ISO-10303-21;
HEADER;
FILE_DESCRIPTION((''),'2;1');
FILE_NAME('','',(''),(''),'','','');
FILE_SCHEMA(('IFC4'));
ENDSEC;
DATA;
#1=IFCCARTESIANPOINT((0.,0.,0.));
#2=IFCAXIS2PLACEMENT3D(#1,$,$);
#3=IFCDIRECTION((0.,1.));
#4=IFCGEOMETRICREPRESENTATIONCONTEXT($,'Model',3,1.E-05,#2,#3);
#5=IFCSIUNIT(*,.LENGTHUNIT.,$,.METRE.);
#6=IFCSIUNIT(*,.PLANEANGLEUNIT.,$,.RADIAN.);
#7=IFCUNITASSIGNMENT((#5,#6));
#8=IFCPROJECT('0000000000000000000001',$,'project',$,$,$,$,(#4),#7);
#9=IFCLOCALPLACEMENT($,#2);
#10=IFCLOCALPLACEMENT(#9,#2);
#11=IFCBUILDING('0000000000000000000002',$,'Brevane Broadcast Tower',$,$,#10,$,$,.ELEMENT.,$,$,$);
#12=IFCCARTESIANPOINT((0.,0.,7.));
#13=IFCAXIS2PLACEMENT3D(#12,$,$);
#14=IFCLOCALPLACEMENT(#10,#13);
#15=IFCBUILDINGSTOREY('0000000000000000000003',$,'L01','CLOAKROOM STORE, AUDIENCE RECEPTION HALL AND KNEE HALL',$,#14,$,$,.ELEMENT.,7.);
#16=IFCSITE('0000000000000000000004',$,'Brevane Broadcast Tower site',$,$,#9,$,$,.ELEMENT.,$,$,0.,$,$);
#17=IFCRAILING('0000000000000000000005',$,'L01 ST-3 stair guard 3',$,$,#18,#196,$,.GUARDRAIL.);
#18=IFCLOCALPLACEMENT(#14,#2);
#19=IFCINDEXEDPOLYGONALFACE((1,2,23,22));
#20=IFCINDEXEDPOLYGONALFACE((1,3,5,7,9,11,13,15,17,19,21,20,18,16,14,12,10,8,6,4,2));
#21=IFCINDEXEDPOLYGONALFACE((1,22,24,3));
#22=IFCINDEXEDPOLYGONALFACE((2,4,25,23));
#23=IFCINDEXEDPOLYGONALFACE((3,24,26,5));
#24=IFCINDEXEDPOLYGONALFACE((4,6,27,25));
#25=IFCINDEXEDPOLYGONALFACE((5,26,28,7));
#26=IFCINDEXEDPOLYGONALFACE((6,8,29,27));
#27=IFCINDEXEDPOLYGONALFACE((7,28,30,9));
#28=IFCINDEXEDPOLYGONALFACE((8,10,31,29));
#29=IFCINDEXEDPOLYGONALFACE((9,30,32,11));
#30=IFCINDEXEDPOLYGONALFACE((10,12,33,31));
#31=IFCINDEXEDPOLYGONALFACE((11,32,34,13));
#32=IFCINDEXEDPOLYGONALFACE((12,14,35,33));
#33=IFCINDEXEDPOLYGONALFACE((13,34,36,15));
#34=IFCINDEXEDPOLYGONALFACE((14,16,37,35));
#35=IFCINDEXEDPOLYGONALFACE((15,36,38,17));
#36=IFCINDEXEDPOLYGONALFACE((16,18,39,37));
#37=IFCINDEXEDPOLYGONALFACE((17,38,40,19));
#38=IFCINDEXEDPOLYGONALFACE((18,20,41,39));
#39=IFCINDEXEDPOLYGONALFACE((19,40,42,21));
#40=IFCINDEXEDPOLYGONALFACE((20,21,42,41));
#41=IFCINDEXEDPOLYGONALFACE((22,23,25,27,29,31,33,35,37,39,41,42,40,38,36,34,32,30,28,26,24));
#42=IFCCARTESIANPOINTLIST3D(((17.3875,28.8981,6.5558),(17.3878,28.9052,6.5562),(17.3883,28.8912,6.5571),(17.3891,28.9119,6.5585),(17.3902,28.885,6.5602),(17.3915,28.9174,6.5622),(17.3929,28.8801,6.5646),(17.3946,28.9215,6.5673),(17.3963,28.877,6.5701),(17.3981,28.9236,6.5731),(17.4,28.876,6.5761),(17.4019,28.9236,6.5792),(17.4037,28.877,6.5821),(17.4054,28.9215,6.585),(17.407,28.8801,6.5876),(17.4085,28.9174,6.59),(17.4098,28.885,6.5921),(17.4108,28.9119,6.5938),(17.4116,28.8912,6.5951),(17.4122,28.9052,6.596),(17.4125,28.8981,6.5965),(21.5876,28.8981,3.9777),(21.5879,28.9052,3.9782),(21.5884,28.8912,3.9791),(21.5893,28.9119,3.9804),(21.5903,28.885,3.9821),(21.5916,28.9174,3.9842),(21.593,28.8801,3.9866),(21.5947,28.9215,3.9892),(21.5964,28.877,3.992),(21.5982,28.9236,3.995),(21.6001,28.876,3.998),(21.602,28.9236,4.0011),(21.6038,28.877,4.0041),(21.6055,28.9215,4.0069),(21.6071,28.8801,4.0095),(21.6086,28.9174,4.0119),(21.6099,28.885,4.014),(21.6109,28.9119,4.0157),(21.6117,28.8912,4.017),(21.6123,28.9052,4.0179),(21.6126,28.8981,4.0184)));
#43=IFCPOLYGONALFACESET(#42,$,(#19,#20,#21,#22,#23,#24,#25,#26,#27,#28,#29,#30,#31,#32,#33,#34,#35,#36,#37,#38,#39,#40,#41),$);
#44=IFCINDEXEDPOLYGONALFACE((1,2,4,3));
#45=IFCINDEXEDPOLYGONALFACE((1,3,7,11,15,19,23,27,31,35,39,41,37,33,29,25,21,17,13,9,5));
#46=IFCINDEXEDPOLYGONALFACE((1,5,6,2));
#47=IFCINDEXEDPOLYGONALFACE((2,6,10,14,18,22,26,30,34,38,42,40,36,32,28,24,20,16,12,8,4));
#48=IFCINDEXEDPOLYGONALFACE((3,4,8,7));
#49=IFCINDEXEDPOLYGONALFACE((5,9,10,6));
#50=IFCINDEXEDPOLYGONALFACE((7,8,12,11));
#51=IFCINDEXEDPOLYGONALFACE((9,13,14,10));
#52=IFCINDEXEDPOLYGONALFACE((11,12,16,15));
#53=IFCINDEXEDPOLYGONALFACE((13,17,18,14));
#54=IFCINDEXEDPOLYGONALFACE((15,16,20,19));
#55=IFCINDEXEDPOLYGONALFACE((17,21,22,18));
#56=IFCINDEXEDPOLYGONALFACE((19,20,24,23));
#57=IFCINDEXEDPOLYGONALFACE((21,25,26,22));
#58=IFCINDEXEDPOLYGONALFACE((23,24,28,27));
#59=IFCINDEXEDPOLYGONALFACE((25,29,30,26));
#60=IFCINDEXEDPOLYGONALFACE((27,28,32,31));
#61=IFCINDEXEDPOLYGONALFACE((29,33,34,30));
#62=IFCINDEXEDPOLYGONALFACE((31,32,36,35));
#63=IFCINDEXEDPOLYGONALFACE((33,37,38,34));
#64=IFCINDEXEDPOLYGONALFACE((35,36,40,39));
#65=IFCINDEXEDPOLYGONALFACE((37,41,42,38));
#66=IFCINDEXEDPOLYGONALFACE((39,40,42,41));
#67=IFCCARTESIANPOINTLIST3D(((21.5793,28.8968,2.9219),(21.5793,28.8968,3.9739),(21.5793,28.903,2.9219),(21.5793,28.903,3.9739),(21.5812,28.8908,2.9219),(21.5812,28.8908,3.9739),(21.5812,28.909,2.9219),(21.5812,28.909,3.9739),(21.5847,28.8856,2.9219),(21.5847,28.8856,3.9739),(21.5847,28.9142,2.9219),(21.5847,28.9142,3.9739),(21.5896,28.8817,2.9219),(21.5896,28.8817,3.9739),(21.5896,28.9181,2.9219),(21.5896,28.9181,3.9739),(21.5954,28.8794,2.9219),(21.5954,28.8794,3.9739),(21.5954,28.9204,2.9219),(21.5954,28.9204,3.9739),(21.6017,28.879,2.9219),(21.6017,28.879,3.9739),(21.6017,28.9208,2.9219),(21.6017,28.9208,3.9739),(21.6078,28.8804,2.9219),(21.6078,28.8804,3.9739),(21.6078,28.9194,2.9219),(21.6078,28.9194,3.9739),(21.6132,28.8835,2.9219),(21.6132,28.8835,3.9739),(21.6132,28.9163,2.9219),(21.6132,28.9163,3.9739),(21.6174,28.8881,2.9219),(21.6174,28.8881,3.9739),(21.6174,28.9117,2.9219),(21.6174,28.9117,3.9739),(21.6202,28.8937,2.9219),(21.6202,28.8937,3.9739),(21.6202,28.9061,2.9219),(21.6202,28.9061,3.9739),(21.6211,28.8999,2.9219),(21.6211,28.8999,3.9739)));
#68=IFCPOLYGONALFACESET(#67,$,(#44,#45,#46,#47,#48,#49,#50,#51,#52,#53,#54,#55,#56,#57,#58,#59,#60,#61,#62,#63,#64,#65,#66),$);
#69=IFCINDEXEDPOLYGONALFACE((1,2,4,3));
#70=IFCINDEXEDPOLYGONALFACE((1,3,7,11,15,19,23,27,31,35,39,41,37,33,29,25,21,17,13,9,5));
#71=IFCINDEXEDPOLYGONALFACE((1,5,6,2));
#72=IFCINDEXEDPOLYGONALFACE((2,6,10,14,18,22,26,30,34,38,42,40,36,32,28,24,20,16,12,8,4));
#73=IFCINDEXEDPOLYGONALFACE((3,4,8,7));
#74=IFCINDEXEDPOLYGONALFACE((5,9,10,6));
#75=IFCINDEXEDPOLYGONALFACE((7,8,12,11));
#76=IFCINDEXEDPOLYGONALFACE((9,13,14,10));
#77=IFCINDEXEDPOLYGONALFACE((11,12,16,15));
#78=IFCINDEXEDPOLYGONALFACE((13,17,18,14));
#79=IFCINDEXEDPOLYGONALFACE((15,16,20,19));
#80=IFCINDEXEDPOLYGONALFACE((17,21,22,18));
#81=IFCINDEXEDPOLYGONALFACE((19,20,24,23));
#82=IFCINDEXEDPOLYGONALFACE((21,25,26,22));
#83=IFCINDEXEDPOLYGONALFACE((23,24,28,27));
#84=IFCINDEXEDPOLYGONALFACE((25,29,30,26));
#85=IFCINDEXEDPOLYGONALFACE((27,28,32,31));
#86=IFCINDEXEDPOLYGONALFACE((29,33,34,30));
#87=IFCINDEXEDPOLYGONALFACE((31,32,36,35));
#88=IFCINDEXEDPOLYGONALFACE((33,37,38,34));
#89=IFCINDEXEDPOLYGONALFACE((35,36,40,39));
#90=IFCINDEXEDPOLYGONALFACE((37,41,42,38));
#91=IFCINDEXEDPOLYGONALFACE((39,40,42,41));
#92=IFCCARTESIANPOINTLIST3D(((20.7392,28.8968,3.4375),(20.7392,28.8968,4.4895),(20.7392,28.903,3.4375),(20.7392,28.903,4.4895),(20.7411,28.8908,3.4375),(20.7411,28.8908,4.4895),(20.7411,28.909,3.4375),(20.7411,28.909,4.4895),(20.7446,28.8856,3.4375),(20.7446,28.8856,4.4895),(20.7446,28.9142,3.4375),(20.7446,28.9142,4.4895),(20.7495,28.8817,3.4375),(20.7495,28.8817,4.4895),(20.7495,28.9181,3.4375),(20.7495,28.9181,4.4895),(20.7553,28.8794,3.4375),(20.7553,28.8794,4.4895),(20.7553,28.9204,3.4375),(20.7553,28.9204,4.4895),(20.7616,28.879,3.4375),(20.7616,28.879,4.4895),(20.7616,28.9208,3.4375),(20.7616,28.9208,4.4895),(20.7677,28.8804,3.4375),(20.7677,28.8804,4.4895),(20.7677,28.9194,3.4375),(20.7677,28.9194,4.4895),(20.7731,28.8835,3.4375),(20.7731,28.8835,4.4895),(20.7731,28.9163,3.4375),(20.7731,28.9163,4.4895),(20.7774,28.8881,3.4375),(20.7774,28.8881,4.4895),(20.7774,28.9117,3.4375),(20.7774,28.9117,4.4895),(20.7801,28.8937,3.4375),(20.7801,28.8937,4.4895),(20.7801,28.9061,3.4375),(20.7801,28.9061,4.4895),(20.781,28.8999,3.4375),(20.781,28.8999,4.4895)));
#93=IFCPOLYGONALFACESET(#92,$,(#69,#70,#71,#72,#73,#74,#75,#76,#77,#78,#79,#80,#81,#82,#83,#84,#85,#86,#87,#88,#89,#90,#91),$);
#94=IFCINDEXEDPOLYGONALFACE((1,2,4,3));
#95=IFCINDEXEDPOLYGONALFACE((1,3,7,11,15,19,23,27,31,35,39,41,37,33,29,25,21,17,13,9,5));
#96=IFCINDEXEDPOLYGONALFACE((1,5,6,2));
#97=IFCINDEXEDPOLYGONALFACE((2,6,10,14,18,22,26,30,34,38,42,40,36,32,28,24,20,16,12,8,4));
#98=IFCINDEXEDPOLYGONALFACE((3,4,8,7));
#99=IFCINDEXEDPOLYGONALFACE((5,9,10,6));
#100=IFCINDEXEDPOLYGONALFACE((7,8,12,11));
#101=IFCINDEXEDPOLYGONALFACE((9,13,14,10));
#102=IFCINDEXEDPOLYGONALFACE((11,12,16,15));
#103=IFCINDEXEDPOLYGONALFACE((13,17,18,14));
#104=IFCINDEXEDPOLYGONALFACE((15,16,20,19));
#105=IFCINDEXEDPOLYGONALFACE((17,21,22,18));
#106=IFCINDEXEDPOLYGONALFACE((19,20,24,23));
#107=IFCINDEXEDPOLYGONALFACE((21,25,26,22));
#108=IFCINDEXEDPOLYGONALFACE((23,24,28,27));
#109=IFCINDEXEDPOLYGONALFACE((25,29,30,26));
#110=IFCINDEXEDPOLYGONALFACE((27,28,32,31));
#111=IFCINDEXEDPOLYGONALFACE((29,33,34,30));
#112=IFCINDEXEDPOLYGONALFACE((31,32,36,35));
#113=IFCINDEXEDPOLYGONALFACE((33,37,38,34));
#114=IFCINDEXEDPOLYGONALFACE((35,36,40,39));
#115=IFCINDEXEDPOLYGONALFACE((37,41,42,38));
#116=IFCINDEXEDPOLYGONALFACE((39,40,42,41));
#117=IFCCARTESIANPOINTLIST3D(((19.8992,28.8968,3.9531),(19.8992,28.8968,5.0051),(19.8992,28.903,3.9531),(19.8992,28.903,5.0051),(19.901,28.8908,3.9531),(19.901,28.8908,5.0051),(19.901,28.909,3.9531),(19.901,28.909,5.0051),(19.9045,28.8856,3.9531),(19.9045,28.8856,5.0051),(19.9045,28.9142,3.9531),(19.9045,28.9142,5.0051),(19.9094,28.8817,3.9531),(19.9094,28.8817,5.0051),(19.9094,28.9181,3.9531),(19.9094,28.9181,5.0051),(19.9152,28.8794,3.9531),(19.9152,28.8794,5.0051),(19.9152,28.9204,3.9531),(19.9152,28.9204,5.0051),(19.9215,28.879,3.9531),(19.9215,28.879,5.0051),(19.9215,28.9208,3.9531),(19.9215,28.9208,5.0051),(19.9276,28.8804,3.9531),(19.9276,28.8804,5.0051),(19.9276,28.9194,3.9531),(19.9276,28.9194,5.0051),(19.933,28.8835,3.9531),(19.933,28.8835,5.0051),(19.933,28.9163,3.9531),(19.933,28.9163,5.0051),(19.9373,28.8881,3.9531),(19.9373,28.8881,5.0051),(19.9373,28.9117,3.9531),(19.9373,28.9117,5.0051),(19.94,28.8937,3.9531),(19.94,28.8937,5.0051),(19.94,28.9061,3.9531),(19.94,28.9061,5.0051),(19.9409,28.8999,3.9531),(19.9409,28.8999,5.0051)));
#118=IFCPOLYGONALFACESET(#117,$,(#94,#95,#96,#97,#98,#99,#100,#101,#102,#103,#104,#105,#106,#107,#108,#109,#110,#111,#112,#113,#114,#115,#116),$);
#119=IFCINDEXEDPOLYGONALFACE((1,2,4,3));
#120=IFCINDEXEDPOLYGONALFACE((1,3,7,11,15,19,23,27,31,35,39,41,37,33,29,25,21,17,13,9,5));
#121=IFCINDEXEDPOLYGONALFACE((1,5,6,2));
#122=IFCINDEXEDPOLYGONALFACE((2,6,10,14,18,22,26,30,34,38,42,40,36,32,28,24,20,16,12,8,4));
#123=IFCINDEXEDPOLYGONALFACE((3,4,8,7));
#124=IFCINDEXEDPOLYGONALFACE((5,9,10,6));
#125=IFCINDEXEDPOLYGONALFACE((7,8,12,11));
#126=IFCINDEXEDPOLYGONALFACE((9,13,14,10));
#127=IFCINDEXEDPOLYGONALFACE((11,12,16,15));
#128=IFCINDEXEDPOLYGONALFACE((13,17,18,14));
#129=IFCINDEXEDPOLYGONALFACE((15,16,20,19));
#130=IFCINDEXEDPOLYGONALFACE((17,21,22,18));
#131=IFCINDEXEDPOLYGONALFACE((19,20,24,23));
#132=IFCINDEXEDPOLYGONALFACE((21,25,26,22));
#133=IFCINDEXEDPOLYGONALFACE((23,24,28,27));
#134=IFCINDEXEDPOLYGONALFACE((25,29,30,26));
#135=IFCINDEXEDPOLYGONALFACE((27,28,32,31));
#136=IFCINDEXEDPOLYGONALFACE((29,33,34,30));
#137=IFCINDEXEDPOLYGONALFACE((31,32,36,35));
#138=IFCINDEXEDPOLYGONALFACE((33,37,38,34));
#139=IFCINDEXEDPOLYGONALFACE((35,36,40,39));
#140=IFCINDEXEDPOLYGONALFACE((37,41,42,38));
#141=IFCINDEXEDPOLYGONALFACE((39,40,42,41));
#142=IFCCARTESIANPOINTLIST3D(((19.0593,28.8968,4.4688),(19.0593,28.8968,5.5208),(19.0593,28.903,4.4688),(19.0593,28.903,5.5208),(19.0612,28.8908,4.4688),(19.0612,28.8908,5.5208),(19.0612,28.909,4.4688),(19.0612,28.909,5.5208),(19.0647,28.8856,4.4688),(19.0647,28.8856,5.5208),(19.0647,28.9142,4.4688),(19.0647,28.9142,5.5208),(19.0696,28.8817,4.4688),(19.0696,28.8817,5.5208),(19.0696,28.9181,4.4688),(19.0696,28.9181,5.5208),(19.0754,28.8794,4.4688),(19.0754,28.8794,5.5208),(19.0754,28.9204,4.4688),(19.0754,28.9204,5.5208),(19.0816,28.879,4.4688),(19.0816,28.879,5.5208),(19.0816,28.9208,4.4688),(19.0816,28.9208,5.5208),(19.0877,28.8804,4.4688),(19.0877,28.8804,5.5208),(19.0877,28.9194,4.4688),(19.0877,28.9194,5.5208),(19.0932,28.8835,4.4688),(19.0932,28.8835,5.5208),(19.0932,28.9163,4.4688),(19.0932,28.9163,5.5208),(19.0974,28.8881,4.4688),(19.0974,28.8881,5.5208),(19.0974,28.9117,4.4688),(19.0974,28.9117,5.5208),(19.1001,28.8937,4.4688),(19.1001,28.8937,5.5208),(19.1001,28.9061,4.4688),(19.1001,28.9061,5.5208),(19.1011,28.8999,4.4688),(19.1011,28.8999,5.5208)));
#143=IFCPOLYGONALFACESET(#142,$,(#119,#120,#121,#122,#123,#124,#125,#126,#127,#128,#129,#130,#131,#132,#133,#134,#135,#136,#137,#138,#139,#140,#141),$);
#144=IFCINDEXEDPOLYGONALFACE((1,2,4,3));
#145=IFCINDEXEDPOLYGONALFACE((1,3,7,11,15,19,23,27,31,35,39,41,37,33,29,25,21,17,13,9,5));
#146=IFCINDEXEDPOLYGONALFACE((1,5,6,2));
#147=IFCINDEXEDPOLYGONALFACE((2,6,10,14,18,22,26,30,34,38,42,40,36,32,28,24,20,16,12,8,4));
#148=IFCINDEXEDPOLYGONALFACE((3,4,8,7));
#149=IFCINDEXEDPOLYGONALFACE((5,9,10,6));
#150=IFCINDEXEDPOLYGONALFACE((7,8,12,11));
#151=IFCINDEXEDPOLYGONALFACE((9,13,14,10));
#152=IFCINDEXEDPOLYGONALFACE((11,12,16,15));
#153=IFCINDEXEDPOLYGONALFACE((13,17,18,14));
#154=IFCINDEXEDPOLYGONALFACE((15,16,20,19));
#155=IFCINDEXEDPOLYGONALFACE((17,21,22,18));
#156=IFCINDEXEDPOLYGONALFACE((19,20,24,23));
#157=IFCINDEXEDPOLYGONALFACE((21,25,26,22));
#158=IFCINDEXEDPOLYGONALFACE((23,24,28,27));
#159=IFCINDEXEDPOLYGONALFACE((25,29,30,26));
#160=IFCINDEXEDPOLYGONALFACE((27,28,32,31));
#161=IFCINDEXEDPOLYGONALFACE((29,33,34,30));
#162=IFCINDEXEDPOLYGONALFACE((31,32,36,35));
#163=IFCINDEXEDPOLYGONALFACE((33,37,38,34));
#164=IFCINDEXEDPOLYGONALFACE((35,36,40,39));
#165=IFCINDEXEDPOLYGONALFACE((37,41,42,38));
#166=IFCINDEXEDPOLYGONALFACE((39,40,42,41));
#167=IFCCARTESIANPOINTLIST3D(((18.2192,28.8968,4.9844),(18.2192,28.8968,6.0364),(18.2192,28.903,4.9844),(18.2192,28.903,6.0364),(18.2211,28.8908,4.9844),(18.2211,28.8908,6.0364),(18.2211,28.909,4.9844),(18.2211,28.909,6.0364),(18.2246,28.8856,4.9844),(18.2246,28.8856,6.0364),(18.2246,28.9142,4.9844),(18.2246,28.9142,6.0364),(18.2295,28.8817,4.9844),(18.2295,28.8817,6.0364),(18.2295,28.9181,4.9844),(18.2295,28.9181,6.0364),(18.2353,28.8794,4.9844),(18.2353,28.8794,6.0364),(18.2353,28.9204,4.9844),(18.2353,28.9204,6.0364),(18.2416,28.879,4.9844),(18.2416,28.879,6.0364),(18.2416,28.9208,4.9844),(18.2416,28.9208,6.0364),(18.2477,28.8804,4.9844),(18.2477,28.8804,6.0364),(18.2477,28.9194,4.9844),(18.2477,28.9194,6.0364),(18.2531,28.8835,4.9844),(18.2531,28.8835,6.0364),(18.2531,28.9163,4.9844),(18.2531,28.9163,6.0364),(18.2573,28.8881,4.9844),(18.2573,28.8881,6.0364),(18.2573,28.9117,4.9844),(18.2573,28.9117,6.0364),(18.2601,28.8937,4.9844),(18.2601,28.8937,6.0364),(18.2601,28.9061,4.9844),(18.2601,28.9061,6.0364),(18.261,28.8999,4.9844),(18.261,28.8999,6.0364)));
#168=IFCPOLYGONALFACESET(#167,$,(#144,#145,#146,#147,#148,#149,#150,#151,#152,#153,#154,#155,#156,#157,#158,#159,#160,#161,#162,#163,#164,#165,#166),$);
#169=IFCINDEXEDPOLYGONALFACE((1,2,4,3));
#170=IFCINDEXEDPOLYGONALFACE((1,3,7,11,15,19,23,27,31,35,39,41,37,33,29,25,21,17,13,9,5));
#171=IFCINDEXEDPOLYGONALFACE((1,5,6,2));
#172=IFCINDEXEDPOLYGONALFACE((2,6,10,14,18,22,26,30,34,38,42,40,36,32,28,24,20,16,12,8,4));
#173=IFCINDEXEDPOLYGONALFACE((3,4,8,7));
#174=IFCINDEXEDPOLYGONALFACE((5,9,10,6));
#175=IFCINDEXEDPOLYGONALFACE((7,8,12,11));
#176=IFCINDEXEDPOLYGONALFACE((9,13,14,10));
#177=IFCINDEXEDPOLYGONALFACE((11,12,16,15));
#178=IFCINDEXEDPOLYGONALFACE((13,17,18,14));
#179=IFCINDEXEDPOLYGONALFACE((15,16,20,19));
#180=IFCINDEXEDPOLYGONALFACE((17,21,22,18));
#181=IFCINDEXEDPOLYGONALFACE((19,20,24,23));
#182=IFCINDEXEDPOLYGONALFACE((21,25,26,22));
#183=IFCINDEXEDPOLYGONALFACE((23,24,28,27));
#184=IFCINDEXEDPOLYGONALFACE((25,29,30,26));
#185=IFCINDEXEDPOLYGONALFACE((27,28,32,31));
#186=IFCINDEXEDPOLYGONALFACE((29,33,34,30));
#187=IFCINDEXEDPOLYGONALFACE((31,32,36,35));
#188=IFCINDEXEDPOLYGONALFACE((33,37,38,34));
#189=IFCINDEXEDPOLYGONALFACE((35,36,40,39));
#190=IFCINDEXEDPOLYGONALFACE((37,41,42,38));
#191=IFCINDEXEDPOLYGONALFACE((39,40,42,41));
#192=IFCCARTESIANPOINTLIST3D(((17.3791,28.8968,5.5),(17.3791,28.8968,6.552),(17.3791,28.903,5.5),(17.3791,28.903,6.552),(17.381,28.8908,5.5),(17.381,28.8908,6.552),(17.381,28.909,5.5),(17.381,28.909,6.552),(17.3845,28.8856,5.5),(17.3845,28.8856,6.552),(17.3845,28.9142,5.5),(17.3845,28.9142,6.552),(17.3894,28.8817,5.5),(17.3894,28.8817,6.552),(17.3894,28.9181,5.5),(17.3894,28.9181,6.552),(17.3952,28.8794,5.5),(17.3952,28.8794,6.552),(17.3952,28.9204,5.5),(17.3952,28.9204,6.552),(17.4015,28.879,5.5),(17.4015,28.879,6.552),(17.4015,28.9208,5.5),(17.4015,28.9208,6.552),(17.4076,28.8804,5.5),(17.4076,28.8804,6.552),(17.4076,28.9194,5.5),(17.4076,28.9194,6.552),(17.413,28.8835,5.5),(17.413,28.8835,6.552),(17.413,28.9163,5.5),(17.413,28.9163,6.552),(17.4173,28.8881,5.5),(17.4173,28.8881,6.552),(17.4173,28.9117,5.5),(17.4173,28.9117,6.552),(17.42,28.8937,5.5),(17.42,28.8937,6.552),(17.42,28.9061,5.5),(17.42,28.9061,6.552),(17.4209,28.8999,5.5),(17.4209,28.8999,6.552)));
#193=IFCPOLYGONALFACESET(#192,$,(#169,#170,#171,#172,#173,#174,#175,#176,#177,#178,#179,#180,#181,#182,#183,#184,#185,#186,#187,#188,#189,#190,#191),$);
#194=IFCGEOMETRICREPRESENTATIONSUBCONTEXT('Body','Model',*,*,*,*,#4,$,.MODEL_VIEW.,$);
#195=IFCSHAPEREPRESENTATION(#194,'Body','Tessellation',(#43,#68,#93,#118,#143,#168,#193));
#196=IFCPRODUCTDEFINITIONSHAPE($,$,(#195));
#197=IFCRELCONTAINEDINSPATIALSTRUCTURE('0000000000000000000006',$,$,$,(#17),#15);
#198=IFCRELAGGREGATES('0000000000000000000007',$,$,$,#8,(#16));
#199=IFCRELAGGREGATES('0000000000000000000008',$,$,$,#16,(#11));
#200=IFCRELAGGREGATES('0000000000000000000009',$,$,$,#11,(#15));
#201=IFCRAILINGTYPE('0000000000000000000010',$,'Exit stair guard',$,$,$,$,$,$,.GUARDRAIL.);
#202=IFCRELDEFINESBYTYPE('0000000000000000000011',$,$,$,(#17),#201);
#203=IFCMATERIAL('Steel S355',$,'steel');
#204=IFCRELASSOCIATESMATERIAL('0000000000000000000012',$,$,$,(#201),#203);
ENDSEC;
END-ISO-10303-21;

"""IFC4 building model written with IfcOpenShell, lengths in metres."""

from ifc_helpers import new_model, si_unit, direction, frame, origin, origin_2d, place, context, subcontext, project, spatial, circle, extrude, material, type_object, element, save


model = new_model("IFC4")

# Units and contexts
model_context = context("Model", 3, precision=1e-05, world=origin(), true_north=direction((0.0, 1.0)))
body_context = subcontext(model_context, "Body", "Model", "MODEL_VIEW")
ifc_project = project(units=[si_unit("LENGTHUNIT", "METRE"), si_unit("PLANEANGLEUNIT", "RADIAN")], contexts=[model_context])

# Site, building, storey
site_placement = place(None, origin())
site = spatial("IfcSite", under=ifc_project, at=site_placement, Name="Brevane Broadcast Tower site", CompositionType="ELEMENT", RefElevation=0.0)
building_placement = place(site_placement, origin())
building = spatial("IfcBuilding", under=site, at=building_placement, Name="Brevane Broadcast Tower", CompositionType="ELEMENT")
storey_placement = place(building_placement, frame((0.0, 0.0, 7.0)))
storey = spatial("IfcBuildingStorey", under=building, at=storey_placement, Name="L01", Description="CLOAKROOM STORE, AUDIENCE RECEPTION HALL AND KNEE HALL", CompositionType="ELEMENT", Elevation=7.0)

# Railing
ifc_material_1 = material(Name="Steel S355", Category="steel")
railing_type_1 = type_object("IfcRailingType", Name="Exit stair guard", PredefinedType="GUARDRAIL", material=ifc_material_1)
railing_1_placement = place(storey_placement, frame((21.6001, 28.8999, 2.9219)))
element("IfcRailing", 1, at=railing_1_placement, inside=storey, type_object=railing_type_1, Name="L01 ST-3 stair guard 3", PredefinedType="GUARDRAIL", context=body_context, shape_type="SweptSolid", body=[
    extrude(circle(Radius=0.0239, at=origin_2d()), frame((0.0, 0.0, 1.0762), z_axis=(-0.852256, 0.0, 0.523124), x_axis=(0.0, -1.0, 0.0)), (0.0, 0.0, 1.0), 4.9282),
    extrude(circle(Radius=0.021, at=origin_2d()), origin(), (0.0, 0.0, 1.0), 1.052),
    extrude(circle(Radius=0.021, at=origin_2d()), frame((-0.8401, 0.0, 0.5156)), (0.0, 0.0, 1.0), 1.052),
    extrude(circle(Radius=0.021, at=origin_2d()), frame((-1.6802, 0.0, 1.0312)), (0.0, 0.0, 1.0), 1.052),
    extrude(circle(Radius=0.021, at=origin_2d()), frame((-2.52, 0.0, 1.5469)), (0.0, 0.0, 1.0), 1.052),
    extrude(circle(Radius=0.021, at=origin_2d()), frame((-3.3601, 0.0, 2.0625)), (0.0, 0.0, 1.0), 1.052),
    extrude(circle(Radius=0.021, at=origin_2d()), frame((-4.2002, 0.0, 2.5781)), (0.0, 0.0, 1.0), 1.052),
])

save(model, "model.ifc")
